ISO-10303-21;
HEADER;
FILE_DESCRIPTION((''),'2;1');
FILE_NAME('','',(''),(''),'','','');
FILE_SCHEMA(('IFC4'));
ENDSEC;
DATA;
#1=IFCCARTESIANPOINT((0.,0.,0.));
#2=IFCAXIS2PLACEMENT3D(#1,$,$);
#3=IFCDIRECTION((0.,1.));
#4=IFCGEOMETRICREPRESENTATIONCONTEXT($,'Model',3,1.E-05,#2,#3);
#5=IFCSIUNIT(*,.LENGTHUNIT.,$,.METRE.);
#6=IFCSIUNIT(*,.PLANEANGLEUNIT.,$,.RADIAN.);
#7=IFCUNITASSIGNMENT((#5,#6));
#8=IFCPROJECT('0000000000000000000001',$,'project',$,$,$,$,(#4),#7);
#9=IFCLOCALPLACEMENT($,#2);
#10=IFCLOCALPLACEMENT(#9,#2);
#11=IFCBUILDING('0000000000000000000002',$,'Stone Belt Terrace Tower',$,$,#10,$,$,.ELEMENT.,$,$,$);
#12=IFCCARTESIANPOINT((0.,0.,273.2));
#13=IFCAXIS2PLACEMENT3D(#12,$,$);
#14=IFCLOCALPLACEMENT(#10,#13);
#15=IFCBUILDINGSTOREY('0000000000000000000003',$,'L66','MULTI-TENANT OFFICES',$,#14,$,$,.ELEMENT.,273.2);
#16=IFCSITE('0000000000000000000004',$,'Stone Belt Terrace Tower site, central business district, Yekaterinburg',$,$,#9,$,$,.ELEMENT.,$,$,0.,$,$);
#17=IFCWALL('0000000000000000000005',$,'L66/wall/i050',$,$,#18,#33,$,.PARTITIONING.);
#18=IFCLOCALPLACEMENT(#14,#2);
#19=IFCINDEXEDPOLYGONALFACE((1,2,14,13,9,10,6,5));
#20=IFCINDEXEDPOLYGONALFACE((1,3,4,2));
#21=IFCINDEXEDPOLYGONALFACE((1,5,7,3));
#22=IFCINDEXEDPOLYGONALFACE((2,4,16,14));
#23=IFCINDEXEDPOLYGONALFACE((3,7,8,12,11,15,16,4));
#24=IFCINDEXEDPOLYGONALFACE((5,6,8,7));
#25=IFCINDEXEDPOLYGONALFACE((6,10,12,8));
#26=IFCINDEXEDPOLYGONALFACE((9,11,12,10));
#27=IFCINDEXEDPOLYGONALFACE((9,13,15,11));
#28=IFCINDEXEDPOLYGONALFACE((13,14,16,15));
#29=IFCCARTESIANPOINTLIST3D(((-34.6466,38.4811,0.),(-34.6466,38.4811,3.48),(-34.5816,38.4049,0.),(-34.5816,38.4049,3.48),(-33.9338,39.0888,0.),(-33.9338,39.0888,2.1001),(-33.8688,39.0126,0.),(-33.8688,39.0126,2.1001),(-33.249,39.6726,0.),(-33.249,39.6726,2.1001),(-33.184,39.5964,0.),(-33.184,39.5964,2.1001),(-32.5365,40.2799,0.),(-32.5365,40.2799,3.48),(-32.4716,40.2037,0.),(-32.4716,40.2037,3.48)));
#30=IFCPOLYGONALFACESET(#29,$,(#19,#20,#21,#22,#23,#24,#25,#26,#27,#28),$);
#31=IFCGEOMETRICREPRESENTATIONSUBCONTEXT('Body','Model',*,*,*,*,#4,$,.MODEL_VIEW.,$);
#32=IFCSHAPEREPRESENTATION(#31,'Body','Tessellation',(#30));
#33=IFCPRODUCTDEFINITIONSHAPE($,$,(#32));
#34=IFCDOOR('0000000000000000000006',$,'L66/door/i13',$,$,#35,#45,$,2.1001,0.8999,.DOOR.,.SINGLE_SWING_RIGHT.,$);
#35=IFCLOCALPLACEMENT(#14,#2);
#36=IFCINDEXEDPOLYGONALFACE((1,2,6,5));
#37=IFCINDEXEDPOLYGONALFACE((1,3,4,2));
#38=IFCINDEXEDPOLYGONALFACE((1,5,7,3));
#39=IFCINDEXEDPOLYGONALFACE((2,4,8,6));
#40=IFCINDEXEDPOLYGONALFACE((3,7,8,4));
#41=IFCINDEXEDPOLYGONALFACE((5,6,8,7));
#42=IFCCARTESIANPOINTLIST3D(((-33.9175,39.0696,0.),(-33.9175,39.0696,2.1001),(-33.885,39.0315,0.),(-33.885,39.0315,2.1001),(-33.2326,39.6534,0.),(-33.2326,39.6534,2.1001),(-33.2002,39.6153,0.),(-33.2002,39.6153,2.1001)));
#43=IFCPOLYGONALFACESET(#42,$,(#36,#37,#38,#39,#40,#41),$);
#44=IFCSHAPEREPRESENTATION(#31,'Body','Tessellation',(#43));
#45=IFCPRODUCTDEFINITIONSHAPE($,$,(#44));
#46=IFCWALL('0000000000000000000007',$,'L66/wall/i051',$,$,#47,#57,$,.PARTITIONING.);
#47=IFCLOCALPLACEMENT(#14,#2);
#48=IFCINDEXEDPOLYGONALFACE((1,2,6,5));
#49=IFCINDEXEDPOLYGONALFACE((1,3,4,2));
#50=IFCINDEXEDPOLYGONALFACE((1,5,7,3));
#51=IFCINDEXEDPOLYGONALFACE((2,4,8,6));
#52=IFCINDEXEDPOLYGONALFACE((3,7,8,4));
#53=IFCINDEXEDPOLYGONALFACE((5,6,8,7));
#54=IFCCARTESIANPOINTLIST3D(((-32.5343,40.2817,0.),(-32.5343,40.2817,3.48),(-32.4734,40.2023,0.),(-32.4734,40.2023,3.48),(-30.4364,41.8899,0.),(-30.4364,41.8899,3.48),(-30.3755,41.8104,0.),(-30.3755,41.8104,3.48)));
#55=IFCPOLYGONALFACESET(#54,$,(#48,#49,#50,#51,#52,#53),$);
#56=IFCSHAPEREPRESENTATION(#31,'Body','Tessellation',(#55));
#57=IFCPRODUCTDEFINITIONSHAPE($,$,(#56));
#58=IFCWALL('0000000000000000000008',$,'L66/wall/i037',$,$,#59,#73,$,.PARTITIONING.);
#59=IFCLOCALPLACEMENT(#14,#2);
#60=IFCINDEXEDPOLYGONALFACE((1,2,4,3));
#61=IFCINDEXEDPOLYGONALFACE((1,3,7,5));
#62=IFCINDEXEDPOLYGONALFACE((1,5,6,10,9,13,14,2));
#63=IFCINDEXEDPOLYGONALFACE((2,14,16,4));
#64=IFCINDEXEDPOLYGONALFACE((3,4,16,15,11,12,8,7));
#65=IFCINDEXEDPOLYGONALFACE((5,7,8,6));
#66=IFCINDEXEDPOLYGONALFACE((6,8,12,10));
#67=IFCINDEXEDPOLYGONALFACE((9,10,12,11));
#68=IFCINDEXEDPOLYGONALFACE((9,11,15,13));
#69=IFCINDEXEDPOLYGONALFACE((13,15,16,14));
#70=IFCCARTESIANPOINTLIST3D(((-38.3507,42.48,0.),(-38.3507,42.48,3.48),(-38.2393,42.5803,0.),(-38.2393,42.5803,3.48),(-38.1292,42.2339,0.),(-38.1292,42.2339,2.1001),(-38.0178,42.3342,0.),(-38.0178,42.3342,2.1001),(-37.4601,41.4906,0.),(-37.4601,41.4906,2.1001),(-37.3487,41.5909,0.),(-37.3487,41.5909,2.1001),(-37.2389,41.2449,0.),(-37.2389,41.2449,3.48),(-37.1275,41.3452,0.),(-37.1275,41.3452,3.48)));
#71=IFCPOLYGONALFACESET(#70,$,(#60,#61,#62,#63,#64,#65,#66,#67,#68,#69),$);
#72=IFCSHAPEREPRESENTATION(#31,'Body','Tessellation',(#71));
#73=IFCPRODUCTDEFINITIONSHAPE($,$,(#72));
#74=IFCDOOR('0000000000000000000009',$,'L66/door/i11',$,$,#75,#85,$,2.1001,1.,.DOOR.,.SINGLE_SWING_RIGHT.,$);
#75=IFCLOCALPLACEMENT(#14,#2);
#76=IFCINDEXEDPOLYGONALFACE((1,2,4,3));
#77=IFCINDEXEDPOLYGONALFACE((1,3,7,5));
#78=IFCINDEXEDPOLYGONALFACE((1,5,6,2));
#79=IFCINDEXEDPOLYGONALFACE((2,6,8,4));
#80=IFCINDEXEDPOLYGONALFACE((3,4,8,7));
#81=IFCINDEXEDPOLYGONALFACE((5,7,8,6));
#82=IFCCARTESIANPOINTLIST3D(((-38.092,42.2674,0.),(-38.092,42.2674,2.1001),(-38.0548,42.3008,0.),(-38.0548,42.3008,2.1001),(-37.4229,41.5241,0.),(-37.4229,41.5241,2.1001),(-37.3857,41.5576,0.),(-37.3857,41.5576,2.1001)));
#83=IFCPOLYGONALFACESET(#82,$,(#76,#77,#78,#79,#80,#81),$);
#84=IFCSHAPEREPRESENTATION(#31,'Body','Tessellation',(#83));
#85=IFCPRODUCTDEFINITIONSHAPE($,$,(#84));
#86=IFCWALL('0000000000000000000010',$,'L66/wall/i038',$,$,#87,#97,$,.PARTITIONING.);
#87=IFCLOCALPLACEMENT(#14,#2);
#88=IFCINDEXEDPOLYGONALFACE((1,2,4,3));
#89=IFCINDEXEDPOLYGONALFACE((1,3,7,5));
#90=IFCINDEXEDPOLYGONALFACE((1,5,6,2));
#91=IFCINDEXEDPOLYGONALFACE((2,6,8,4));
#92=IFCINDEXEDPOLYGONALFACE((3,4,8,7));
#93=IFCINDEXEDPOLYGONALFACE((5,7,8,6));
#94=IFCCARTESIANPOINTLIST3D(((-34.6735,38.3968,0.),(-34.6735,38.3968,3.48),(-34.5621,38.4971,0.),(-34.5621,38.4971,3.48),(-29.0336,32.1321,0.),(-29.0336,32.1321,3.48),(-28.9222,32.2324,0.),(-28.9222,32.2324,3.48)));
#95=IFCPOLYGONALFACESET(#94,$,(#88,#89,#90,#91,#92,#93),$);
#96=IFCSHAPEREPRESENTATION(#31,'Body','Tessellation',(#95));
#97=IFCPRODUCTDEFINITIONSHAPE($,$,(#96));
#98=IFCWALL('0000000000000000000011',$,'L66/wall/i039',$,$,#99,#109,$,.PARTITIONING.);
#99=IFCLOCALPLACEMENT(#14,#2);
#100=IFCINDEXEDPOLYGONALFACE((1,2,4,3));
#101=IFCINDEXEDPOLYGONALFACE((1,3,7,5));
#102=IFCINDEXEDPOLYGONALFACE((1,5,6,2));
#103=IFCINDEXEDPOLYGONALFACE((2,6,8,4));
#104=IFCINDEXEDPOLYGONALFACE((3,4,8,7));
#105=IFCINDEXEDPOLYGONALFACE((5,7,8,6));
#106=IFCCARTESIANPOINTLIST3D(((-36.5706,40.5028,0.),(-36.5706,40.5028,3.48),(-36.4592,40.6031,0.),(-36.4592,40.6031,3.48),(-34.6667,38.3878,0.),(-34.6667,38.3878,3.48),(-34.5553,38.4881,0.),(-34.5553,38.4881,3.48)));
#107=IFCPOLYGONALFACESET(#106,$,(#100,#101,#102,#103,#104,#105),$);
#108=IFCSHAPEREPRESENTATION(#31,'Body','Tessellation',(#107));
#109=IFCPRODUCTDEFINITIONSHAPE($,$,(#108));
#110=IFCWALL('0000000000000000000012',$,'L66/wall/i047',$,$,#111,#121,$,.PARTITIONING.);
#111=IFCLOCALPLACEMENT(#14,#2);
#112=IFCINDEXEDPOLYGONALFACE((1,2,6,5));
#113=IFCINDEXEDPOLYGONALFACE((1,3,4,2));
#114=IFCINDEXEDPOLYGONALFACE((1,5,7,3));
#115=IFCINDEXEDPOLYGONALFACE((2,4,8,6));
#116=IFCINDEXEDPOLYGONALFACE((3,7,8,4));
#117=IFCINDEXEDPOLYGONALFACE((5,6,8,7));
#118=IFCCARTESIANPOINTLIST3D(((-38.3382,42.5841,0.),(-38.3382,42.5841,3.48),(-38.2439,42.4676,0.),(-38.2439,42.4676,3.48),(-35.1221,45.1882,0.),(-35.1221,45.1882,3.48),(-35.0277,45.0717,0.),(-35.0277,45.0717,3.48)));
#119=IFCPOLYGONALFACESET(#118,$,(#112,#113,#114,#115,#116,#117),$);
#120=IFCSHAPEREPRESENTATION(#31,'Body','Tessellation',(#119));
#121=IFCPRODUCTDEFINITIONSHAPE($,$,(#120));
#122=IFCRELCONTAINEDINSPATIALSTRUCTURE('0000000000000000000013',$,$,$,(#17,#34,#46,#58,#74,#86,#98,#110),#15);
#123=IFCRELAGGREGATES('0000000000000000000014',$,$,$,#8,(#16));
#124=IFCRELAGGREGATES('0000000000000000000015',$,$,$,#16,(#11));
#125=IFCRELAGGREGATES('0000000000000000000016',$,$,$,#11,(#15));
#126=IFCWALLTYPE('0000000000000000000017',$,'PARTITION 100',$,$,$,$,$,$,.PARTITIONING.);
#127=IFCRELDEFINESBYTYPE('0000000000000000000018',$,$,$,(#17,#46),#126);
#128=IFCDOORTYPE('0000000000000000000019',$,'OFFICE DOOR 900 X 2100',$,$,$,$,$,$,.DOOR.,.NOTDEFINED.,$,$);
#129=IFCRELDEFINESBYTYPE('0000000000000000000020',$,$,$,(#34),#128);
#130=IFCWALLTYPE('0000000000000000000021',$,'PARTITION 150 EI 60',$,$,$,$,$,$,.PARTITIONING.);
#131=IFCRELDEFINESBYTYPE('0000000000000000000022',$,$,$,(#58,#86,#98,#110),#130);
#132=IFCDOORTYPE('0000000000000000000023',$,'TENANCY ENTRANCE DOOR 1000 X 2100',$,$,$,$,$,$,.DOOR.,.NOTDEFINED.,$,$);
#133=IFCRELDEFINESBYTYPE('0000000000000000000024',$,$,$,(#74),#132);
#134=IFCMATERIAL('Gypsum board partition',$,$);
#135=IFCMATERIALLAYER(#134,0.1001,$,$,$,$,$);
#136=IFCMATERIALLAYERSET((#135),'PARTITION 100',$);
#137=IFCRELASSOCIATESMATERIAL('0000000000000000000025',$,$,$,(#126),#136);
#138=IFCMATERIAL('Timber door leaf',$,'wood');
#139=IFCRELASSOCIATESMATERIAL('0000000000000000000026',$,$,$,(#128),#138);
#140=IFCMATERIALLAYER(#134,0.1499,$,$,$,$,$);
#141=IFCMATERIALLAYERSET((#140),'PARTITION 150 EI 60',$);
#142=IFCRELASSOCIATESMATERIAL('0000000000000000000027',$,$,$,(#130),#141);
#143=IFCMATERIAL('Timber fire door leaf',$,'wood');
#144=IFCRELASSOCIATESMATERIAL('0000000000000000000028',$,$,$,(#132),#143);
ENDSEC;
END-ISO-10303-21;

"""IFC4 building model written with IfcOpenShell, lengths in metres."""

from ifc_helpers import new_model, si_unit, direction, frame, frame_2d, origin, place, context, subcontext, project, spatial, rectangle, extrude, material, layer, layer_set, type_object, element, fill, save


model = new_model("IFC4")

# Units and contexts
model_context = context("Model", 3, precision=1e-05, world=origin(), true_north=direction((0.0, 1.0)))
body_context = subcontext(model_context, "Body", "Model", "MODEL_VIEW")
ifc_project = project(units=[si_unit("LENGTHUNIT", "METRE"), si_unit("PLANEANGLEUNIT", "RADIAN")], contexts=[model_context])

# Site, building, storey
site_placement = place(None, origin())
site = spatial("IfcSite", under=ifc_project, at=site_placement, Name="Stone Belt Terrace Tower site, central business district, Yekaterinburg", CompositionType="ELEMENT", RefElevation=0.0)
building_placement = place(site_placement, origin())
building = spatial("IfcBuilding", under=site, at=building_placement, Name="Stone Belt Terrace Tower", CompositionType="ELEMENT")
storey_placement = place(building_placement, frame((0.0, 0.0, 273.2)))
storey = spatial("IfcBuildingStorey", under=building, at=storey_placement, Name="L66", Description="MULTI-TENANT OFFICES", CompositionType="ELEMENT", Elevation=273.2)

# Wall, opening, door
ifc_material_1 = material(Name="Gypsum board partition")
ifc_layer_1 = layer(ifc_material_1, 0.1001)
ifc_layer_set_1 = layer_set([ifc_layer_1], Name="PARTITION 100")
wall_type_1 = type_object("IfcWallType", Name="PARTITION 100", PredefinedType="PARTITIONING", material=ifc_layer_set_1)
wall_1_placement = place(storey_placement, frame((-34.614, 38.4431, 0.0), z_axis=(0.0, 0.0, 1.0), x_axis=(0.761007, 0.648744, 0.0)))
wall_1 = element("IfcWall", 1, at=wall_1_placement, inside=storey, type_object=wall_type_1, Name="L66/wall/i050", PredefinedType="PARTITIONING", context=body_context, shape_type="SweptSolid", body=[
    extrude(rectangle(XDim=2.7727, YDim=0.1001, at=frame_2d((1.3862, 0.0))), origin(), (0.0, 0.0, 1.0), 3.48),
])
opening_1_placement = place(wall_1_placement, frame((0.9365, 0.0, 0.0)))
opening_1 = element("IfcOpeningElement", 2, at=opening_1_placement, cuts=wall_1, PredefinedType="OPENING", context=body_context, shape_type="SweptSolid", body=[
    extrude(rectangle(XDim=0.8999, YDim=2.1001, at=frame_2d((0.45, 1.05))), frame((0.0, 0.0601, 0.0), z_axis=(0.0, -1.0, 0.0), x_axis=(1.0, 0.0, 0.0)), (0.0, 0.0, 1.0), 0.1201),
])
ifc_material_2 = material(Name="Timber door leaf", Category="wood")
door_type_1 = type_object("IfcDoorType", Name="OFFICE DOOR 900 X 2100", OperationType="NOTDEFINED", PredefinedType="DOOR", material=ifc_material_2)
door_1_placement = place(opening_1_placement, origin())
door_1 = element("IfcDoor", 3, at=door_1_placement, inside=storey, type_object=door_type_1, Name="L66/door/i13", OperationType="SINGLE_SWING_RIGHT", OverallHeight=2.1001, OverallWidth=0.8999, PredefinedType="DOOR", context=body_context, shape_type="SweptSolid", body=[
    extrude(rectangle(XDim=0.8999, YDim=2.1001, at=frame_2d((0.45, 1.05))), frame((0.0, 0.0249, 0.0), z_axis=(0.0, -1.0, 0.0), x_axis=(1.0, 0.0, 0.0)), (0.0, 0.0, 1.0), 0.05),
])
fill(opening_1, door_1)

# Wall
wall_2_placement = place(storey_placement, frame((-32.5039, 40.2419, 0.0), z_axis=(0.0, 0.0, 1.0), x_axis=(0.793649, 0.608375, 0.0)))
element("IfcWall", 4, at=wall_2_placement, inside=storey, type_object=wall_type_1, Name="L66/wall/i051", PredefinedType="PARTITIONING", context=body_context, shape_type="SweptSolid", body=[
    extrude(rectangle(XDim=2.6433, YDim=0.1001, at=frame_2d((1.3218, 0.0))), origin(), (0.0, 0.0, 1.0), 3.48),
])

# Wall, opening, door
ifc_layer_2 = layer(ifc_material_1, 0.1499)
ifc_layer_set_2 = layer_set([ifc_layer_2], Name="PARTITION 150 EI 60")
wall_type_2 = type_object("IfcWallType", Name="PARTITION 150 EI 60", PredefinedType="PARTITIONING", material=ifc_layer_set_2)
wall_3_placement = place(storey_placement, frame((-37.1831, 41.2949, 0.0), z_axis=(0.0, 0.0, 1.0), x_axis=(-0.669038, 0.743228, 0.0)))
wall_3 = element("IfcWall", 5, at=wall_3_placement, inside=storey, type_object=wall_type_2, Name="L66/wall/i037", PredefinedType="PARTITIONING", context=body_context, shape_type="SweptSolid", body=[
    extrude(rectangle(XDim=1.6619, YDim=0.1499, at=frame_2d((0.8311, 0.0))), origin(), (0.0, 0.0, 1.0), 3.48),
])
opening_2_placement = place(wall_3_placement, frame((0.3308, 0.0, 0.0)))
opening_2 = element("IfcOpeningElement", 6, at=opening_2_placement, cuts=wall_3, PredefinedType="OPENING", context=body_context, shape_type="SweptSolid", body=[
    extrude(rectangle(XDim=1.0, YDim=2.1001, at=frame_2d((0.5, 1.05))), frame((0.0, 0.085, 0.0), z_axis=(0.0, -1.0, 0.0), x_axis=(1.0, 0.0, 0.0)), (0.0, 0.0, 1.0), 0.1699),
])
ifc_material_3 = material(Name="Timber fire door leaf", Category="wood")
door_type_2 = type_object("IfcDoorType", Name="TENANCY ENTRANCE DOOR 1000 X 2100", OperationType="NOTDEFINED", PredefinedType="DOOR", material=ifc_material_3)
door_2_placement = place(opening_2_placement, origin())
door_2 = element("IfcDoor", 7, at=door_2_placement, inside=storey, type_object=door_type_2, Name="L66/door/i11", OperationType="SINGLE_SWING_RIGHT", OverallHeight=2.1001, OverallWidth=1.0, PredefinedType="DOOR", context=body_context, shape_type="SweptSolid", body=[
    extrude(rectangle(XDim=1.0, YDim=2.1001, at=frame_2d((0.5, 1.05))), frame((0.0, 0.0249, 0.0), z_axis=(0.0, -1.0, 0.0), x_axis=(1.0, 0.0, 0.0)), (0.0, 0.0, 1.0), 0.05),
])
fill(opening_2, door_2)

# Walls
wall_4_placement = place(storey_placement, frame((-34.6179, 38.447, 0.0), z_axis=(0.0, 0.0, 1.0), x_axis=(0.669077, -0.743193, 0.0)))
element("IfcWall", 8, at=wall_4_placement, inside=storey, type_object=wall_type_2, Name="L66/wall/i038", PredefinedType="PARTITIONING", context=body_context, shape_type="SweptSolid", body=[
    extrude(rectangle(XDim=8.4294, YDim=0.1499, at=frame_2d((4.2148, 0.0))), origin(), (0.0, 0.0, 1.0), 3.48),
])
wall_5_placement = place(storey_placement, frame((-36.5149, 40.553, 0.0), z_axis=(0.0, 0.0, 1.0), x_axis=(0.669026, -0.743239, 0.0)))
element("IfcWall", 9, at=wall_5_placement, inside=storey, type_object=wall_type_2, Name="L66/wall/i039", PredefinedType="PARTITIONING", context=body_context, shape_type="SweptSolid", body=[
    extrude(rectangle(XDim=2.8457, YDim=0.1499, at=frame_2d((1.4229, 0.0))), origin(), (0.0, 0.0, 1.0), 3.48),
])
wall_6_placement = place(storey_placement, frame((-38.291, 42.5259, 0.0), z_axis=(0.0, 0.0, 1.0), x_axis=(0.777183, 0.629275, 0.0)))
element("IfcWall", 10, at=wall_6_placement, inside=storey, type_object=wall_type_2, Name="L66/wall/i047", PredefinedType="PARTITIONING", context=body_context, shape_type="SweptSolid", body=[
    extrude(rectangle(XDim=4.1382, YDim=0.1499, at=frame_2d((2.0691, 0.0))), origin(), (0.0, 0.0, 1.0), 3.48),
])

save(model, "model.ifc")
